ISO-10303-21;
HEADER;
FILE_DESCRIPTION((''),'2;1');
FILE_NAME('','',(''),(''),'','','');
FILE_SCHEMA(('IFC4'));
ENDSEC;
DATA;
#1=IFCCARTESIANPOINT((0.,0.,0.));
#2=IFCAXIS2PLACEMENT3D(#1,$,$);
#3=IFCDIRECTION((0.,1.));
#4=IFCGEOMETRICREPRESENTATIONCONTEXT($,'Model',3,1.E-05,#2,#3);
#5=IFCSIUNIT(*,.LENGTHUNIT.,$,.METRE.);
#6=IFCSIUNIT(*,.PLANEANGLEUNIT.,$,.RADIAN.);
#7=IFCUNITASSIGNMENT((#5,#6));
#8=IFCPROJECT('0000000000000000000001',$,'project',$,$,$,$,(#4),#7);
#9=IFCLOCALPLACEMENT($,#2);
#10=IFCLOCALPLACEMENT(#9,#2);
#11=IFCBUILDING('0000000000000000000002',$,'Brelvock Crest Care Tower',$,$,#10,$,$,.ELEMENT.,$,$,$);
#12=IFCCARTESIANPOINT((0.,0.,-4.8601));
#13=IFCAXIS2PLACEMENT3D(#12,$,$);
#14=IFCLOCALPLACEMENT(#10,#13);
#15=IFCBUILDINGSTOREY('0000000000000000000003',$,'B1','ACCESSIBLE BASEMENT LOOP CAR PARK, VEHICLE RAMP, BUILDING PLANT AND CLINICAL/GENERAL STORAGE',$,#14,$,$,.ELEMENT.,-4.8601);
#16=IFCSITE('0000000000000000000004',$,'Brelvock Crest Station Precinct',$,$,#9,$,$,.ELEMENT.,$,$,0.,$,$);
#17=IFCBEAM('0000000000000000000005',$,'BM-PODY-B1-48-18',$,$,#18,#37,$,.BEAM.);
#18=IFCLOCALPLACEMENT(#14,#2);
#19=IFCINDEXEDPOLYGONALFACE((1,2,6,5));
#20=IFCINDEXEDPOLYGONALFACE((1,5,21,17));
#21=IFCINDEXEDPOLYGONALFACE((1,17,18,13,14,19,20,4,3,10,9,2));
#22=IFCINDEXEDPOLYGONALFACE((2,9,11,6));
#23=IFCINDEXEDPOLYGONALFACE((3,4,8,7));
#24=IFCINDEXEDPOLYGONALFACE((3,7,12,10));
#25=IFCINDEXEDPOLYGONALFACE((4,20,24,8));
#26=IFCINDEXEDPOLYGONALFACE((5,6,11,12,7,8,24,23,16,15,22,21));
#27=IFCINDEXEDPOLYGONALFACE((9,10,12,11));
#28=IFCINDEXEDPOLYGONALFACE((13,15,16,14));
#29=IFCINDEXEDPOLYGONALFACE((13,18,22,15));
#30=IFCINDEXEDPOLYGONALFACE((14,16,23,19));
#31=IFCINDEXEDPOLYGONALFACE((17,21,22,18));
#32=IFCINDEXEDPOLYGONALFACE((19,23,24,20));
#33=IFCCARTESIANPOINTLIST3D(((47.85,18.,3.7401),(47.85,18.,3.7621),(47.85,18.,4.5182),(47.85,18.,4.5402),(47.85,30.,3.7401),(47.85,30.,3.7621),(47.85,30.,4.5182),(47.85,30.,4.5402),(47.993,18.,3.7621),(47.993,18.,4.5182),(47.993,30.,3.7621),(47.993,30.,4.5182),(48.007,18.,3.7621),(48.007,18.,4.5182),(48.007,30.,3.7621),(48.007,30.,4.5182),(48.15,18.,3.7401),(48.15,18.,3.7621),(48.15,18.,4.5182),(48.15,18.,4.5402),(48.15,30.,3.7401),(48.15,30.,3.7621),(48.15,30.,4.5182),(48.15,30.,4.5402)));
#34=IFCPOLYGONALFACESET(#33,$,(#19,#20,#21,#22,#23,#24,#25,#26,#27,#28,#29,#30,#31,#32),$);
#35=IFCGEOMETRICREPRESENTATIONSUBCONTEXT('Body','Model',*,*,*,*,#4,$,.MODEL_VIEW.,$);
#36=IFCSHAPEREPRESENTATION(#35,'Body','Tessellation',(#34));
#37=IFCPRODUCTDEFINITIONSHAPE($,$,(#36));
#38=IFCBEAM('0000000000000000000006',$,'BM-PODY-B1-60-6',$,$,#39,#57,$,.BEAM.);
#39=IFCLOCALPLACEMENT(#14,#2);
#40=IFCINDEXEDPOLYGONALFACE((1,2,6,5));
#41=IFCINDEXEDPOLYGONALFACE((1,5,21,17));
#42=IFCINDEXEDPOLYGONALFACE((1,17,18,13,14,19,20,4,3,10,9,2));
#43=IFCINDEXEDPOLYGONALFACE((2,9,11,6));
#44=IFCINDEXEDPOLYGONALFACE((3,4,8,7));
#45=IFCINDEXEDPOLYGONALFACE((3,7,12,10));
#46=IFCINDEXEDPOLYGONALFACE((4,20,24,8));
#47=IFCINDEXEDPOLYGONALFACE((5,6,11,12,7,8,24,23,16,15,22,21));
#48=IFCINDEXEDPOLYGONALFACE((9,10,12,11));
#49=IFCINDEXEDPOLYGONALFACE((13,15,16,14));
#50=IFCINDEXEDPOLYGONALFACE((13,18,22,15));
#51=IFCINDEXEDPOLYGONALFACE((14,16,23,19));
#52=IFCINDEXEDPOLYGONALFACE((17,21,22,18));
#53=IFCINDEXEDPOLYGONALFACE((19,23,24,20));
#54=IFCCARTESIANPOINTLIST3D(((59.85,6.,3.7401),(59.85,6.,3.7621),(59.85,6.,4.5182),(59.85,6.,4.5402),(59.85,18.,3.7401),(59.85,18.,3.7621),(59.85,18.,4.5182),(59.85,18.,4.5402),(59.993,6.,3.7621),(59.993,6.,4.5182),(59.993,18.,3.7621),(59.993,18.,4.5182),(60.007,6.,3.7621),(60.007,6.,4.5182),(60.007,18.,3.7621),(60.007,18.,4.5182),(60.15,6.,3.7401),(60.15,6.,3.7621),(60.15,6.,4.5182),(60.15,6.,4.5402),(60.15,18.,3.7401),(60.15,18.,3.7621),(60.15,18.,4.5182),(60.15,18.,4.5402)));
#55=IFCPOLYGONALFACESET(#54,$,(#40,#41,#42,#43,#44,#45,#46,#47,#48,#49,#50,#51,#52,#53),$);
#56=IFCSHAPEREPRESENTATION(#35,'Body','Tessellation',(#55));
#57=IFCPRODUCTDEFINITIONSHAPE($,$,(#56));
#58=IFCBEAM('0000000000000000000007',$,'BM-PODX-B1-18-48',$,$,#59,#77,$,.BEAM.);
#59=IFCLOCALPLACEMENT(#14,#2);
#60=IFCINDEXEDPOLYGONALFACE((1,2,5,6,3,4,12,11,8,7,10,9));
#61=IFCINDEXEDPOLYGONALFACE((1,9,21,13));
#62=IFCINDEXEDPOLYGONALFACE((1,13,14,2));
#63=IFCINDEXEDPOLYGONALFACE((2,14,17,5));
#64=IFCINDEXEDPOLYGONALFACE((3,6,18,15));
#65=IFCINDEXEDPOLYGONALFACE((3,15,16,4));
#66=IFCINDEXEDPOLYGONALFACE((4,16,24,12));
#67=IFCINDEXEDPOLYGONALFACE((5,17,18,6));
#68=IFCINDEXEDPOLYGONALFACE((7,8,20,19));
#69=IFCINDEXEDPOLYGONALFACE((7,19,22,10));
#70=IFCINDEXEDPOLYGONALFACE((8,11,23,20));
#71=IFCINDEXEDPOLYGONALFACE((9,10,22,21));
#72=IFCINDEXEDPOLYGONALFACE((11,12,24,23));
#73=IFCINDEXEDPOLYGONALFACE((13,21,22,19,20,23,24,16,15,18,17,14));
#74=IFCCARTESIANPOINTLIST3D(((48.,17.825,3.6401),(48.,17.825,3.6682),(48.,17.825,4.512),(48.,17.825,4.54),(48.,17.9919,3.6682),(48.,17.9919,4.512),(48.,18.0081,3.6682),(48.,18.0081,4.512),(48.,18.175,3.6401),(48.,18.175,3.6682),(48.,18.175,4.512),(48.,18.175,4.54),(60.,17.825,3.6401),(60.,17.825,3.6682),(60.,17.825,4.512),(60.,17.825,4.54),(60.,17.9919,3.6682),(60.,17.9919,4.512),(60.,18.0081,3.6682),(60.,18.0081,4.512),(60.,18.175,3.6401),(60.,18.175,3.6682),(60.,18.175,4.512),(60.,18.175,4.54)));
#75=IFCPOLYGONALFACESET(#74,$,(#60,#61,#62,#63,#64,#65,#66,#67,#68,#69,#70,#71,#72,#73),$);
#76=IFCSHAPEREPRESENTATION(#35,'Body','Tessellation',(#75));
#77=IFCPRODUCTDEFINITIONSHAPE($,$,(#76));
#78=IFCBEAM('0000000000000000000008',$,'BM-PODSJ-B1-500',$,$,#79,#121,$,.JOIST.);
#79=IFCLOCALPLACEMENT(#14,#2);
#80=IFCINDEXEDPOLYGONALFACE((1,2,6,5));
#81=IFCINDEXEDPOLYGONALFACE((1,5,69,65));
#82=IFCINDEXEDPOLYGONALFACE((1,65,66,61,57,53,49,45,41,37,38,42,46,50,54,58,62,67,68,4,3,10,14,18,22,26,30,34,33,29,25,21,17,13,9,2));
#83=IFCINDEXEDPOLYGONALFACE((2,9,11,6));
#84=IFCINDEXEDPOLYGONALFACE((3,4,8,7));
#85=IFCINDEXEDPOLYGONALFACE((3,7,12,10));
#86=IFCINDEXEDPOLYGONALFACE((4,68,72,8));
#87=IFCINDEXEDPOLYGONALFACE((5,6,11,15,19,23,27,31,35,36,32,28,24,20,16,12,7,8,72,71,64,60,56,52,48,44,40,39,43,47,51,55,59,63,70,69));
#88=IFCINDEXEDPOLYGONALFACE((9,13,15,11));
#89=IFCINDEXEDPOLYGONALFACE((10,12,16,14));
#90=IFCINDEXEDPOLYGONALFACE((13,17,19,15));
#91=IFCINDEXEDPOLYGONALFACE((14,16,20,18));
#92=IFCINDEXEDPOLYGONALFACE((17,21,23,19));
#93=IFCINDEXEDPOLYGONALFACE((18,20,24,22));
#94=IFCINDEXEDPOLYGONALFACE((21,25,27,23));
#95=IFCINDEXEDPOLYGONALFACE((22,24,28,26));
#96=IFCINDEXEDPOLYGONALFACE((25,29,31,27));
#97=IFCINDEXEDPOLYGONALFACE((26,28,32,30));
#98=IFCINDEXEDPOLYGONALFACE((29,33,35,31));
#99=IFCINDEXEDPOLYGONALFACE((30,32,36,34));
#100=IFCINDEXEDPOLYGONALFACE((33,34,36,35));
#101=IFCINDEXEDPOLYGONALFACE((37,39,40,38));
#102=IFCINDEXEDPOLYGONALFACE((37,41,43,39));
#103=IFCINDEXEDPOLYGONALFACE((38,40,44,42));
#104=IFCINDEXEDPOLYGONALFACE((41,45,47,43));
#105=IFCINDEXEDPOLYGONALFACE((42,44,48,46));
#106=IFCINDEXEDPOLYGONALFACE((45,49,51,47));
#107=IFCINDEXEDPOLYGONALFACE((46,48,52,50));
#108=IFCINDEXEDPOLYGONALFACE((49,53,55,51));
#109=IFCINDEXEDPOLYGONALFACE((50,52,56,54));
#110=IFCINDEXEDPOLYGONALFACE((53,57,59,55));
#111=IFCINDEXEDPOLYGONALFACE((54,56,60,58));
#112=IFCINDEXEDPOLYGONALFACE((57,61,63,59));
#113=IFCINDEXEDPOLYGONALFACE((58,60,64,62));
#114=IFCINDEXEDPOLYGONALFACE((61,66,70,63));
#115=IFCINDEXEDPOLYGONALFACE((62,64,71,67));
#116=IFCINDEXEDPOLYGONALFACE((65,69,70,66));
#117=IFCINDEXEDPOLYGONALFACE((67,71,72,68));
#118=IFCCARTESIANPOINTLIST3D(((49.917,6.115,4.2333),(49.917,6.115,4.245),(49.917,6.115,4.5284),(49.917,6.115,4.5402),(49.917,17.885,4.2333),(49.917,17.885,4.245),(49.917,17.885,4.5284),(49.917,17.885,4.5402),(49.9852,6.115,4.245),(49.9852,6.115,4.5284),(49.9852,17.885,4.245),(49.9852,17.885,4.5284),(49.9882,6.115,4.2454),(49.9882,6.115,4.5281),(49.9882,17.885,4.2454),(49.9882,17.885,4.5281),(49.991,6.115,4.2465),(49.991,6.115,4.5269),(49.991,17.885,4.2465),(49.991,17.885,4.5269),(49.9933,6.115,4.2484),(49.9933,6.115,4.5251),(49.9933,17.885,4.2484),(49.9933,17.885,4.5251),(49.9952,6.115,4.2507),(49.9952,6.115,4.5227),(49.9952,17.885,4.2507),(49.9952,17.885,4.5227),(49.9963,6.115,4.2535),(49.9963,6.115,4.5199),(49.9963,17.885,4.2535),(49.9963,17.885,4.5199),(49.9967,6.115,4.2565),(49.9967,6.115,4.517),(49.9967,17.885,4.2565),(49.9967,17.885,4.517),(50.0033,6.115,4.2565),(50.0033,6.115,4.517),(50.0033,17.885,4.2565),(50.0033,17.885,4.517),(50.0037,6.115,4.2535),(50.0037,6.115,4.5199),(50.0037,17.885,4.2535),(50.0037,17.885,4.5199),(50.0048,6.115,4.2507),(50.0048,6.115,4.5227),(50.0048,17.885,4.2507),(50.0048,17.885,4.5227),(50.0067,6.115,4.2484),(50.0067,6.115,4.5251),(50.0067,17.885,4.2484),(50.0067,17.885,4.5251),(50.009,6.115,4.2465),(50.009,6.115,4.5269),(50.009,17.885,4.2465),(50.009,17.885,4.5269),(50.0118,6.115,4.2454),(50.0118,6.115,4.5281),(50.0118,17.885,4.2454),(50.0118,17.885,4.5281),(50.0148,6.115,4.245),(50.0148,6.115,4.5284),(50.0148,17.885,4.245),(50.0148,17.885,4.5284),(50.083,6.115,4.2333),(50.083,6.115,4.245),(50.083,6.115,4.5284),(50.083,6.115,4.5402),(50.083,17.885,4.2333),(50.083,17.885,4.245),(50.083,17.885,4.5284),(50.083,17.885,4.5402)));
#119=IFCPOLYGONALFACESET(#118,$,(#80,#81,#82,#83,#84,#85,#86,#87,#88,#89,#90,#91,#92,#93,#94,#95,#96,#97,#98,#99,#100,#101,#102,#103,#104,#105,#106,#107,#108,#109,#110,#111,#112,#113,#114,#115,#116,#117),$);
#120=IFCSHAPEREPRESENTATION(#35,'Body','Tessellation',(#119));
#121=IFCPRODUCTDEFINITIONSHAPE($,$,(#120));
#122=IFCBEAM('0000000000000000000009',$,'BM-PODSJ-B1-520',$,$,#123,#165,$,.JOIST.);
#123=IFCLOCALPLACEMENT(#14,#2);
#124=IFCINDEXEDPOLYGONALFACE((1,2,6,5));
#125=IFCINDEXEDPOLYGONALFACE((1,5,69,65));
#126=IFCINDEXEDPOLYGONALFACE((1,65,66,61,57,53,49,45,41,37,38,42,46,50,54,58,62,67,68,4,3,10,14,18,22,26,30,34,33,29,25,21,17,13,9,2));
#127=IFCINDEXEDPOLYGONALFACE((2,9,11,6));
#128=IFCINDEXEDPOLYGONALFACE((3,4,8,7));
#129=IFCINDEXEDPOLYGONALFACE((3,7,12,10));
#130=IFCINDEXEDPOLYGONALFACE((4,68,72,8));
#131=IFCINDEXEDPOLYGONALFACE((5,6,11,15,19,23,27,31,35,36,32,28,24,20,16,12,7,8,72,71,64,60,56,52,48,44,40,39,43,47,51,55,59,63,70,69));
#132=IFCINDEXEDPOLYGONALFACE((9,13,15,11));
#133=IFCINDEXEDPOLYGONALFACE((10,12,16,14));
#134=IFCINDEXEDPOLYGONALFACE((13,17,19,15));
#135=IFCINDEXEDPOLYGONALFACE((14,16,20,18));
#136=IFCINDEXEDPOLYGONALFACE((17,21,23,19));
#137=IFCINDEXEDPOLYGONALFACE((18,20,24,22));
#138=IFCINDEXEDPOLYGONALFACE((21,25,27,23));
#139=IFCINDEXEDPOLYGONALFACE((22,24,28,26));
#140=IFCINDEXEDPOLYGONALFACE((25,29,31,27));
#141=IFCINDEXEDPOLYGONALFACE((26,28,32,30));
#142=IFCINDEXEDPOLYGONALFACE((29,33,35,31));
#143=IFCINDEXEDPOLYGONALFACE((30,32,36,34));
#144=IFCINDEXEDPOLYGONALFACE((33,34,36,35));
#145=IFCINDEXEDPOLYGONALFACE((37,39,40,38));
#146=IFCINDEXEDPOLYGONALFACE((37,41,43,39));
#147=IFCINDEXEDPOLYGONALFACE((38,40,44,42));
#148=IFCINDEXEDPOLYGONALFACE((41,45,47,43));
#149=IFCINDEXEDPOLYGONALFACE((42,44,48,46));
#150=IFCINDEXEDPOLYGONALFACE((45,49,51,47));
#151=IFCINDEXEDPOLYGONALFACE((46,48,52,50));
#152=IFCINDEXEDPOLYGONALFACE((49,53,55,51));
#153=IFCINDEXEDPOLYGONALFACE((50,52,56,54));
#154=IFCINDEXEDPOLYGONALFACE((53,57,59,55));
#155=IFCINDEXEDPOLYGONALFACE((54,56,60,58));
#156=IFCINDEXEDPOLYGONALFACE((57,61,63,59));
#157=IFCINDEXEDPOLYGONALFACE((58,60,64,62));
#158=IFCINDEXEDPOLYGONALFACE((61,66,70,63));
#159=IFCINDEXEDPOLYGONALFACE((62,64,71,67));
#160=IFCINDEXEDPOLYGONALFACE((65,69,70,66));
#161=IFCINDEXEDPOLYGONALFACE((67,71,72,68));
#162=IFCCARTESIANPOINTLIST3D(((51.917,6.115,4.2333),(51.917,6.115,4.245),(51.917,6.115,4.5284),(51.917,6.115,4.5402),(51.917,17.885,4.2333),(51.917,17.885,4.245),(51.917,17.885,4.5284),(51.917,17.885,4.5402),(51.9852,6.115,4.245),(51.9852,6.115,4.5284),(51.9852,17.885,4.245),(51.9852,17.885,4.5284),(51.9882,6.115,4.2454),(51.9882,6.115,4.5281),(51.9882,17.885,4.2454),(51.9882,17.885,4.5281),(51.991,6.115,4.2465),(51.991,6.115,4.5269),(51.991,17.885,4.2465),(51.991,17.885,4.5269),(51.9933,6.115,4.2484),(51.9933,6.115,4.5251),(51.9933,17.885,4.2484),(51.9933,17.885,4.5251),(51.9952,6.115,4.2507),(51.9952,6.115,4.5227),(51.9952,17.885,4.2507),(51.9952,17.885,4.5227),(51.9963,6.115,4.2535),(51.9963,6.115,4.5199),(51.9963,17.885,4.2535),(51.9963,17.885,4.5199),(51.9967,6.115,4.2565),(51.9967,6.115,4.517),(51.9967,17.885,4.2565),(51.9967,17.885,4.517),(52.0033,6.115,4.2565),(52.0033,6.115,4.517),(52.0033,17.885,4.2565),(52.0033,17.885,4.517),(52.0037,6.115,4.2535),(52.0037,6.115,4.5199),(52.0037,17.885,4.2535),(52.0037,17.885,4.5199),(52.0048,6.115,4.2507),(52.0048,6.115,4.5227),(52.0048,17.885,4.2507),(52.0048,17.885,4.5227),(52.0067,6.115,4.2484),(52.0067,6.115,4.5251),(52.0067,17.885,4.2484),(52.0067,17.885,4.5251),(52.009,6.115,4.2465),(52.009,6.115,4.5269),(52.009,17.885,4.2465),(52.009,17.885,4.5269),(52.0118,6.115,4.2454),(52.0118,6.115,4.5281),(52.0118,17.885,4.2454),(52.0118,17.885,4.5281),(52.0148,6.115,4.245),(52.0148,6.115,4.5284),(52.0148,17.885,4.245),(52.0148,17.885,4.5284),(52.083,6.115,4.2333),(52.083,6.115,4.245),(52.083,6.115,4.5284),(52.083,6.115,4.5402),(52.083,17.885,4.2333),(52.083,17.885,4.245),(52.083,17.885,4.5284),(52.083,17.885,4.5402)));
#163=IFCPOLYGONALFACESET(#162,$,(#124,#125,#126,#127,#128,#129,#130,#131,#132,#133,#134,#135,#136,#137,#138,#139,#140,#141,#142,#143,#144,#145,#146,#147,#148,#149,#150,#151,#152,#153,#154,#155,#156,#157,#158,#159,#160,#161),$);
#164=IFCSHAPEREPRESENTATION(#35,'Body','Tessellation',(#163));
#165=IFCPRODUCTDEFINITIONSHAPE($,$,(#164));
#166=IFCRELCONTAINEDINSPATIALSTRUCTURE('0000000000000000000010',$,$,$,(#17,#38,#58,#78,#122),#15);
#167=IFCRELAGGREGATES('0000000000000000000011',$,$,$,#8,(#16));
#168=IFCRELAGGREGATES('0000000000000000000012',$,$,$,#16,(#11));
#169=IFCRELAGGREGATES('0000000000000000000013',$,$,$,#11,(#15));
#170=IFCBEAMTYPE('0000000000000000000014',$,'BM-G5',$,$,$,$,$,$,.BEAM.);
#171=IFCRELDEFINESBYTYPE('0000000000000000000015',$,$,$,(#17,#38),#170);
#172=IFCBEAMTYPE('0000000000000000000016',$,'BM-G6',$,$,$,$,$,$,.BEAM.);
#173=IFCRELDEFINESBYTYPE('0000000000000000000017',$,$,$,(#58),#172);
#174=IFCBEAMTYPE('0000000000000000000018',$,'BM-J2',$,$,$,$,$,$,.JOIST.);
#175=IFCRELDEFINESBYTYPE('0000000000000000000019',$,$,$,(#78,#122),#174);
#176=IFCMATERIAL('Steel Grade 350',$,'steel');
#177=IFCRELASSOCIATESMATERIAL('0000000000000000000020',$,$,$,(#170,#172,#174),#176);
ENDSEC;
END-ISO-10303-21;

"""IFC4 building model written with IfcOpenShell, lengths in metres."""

from ifc_helpers import new_model, si_unit, direction, frame, origin, origin_2d, place, context, subcontext, project, spatial, i_section, extrude, source, transform, mapped, material, material_profile, profile_set, type_object, element, save


model = new_model("IFC4")

# Units and contexts
model_context = context("Model", 3, precision=1e-05, world=origin(), true_north=direction((0.0, 1.0)))
body_context = subcontext(model_context, "Body", "Model", "MODEL_VIEW")
ifc_project = project(units=[si_unit("LENGTHUNIT", "METRE"), si_unit("PLANEANGLEUNIT", "RADIAN")], contexts=[model_context])

# Site, building, storey
site_placement = place(None, origin())
site = spatial("IfcSite", under=ifc_project, at=site_placement, Name="Brelvock Crest Station Precinct", CompositionType="ELEMENT", RefElevation=0.0)
building_placement = place(site_placement, origin())
building = spatial("IfcBuilding", under=site, at=building_placement, Name="Brelvock Crest Care Tower", CompositionType="ELEMENT")
storey_placement = place(building_placement, frame((0.0, 0.0, -4.8601)))
storey = spatial("IfcBuildingStorey", under=building, at=storey_placement, Name="B1", Description="ACCESSIBLE BASEMENT LOOP CAR PARK, VEHICLE RAMP, BUILDING PLANT AND CLINICAL/GENERAL STORAGE", CompositionType="ELEMENT", Elevation=-4.8601)

# Shared definitions
ifc_material_1 = material(Name="Steel Grade 350", Category="steel")

# Beams
ifc_material_profile_1 = material_profile(ifc_material_1, i_section(OverallWidth=0.3, OverallDepth=0.8, WebThickness=0.0139, FlangeThickness=0.022, at=origin_2d()), Name="800WB192")
ifc_profile_set_1 = profile_set([ifc_material_profile_1], Name="Steel Grade 350")
beam_type_1 = type_object("IfcBeamType", Name="BM-G5", PredefinedType="BEAM", material=ifc_profile_set_1)
shared_shape_1 = source(origin(), body_context, "Body", "SweptSolid", [
    extrude(i_section(OverallWidth=0.3, OverallDepth=0.8, WebThickness=0.0139, FlangeThickness=0.022, at=origin_2d()), origin(), (0.0, 0.0, 1.0), 12.0),
])
for number, where, z_axis, x_axis, name in (
    (1, (48.0, 18.0, 4.1401), (0.0, 1.0, 0.0), (-1.0, 0.0, 0.0), "BM-PODY-B1-48-18"),
    (2, (60.0, 6.0, 4.1401), (0.0, 1.0, 0.0), (-1.0, 0.0, 0.0), "BM-PODY-B1-60-6"),
):
    element("IfcBeam", number, at=place(storey_placement, frame(where, z_axis=z_axis, x_axis=x_axis)), inside=storey, type_object=beam_type_1, Name=name, PredefinedType="BEAM", context=body_context, shape_type="MappedRepresentation", body=[
        mapped(shared_shape_1, transform((0.0, 0.0, 0.0), x_axis=(1.0, 0.0, 0.0), y_axis=(0.0, 1.0, 0.0), z_axis=(0.0, 0.0, 1.0), scale=1.0)),
    ])
ifc_material_profile_2 = material_profile(ifc_material_1, i_section(OverallWidth=0.3501, OverallDepth=0.8999, WebThickness=0.0161, FlangeThickness=0.0281, at=origin_2d()), Name="900WB257")
ifc_profile_set_2 = profile_set([ifc_material_profile_2], Name="Steel Grade 350")
beam_type_2 = type_object("IfcBeamType", Name="BM-G6", PredefinedType="BEAM", material=ifc_profile_set_2)
shared_shape_2 = source(origin(), body_context, "Body", "SweptSolid", [
    extrude(i_section(OverallWidth=0.3501, OverallDepth=0.8999, WebThickness=0.0161, FlangeThickness=0.0281, at=origin_2d()), origin(), (0.0, 0.0, 1.0), 12.0),
])
beam_placement = place(storey_placement, frame((48.0, 18.0, 4.0901), z_axis=(1.0, 0.0, 0.0), x_axis=(0.0, 1.0, 0.0)))
element("IfcBeam", 3, at=beam_placement, inside=storey, type_object=beam_type_2, Name="BM-PODX-B1-18-48", PredefinedType="BEAM", context=body_context, shape_type="MappedRepresentation", body=[
    mapped(shared_shape_2, transform((0.0, 0.0, 0.0), x_axis=(1.0, 0.0, 0.0), y_axis=(0.0, 1.0, 0.0), z_axis=(0.0, 0.0, 1.0), scale=1.0)),
])
ifc_material_profile_3 = material_profile(ifc_material_1, i_section(OverallWidth=0.166, OverallDepth=0.3069, WebThickness=0.0066, FlangeThickness=0.0117, FilletRadius=0.0115, at=origin_2d()), Name="310UB46.2")
ifc_profile_set_3 = profile_set([ifc_material_profile_3], Name="Steel Grade 350")
beam_type_3 = type_object("IfcBeamType", Name="BM-J2", PredefinedType="JOIST", material=ifc_profile_set_3)
shared_shape_3 = source(origin(), body_context, "Body", "SweptSolid", [
    extrude(i_section(OverallWidth=0.166, OverallDepth=0.3069, WebThickness=0.0066, FlangeThickness=0.0117, FilletRadius=0.0115, at=origin_2d()), origin(), (0.0, 0.0, 1.0), 11.77),
])
for number, where, z_axis, x_axis, name in (
    (4, (50.0, 6.115, 4.3867), (0.0, 1.0, 0.0), (-1.0, 0.0, 0.0), "BM-PODSJ-B1-500"),
    (5, (52.0, 6.115, 4.3867), (0.0, 1.0, 0.0), (-1.0, 0.0, 0.0), "BM-PODSJ-B1-520"),
):
    element("IfcBeam", number, at=place(storey_placement, frame(where, z_axis=z_axis, x_axis=x_axis)), inside=storey, type_object=beam_type_3, Name=name, PredefinedType="JOIST", context=body_context, shape_type="MappedRepresentation", body=[
        mapped(shared_shape_3, transform((0.0, 0.0, 0.0), x_axis=(1.0, 0.0, 0.0), y_axis=(0.0, 1.0, 0.0), z_axis=(0.0, 0.0, 1.0), scale=1.0)),
    ])

save(model, "model.ifc")
